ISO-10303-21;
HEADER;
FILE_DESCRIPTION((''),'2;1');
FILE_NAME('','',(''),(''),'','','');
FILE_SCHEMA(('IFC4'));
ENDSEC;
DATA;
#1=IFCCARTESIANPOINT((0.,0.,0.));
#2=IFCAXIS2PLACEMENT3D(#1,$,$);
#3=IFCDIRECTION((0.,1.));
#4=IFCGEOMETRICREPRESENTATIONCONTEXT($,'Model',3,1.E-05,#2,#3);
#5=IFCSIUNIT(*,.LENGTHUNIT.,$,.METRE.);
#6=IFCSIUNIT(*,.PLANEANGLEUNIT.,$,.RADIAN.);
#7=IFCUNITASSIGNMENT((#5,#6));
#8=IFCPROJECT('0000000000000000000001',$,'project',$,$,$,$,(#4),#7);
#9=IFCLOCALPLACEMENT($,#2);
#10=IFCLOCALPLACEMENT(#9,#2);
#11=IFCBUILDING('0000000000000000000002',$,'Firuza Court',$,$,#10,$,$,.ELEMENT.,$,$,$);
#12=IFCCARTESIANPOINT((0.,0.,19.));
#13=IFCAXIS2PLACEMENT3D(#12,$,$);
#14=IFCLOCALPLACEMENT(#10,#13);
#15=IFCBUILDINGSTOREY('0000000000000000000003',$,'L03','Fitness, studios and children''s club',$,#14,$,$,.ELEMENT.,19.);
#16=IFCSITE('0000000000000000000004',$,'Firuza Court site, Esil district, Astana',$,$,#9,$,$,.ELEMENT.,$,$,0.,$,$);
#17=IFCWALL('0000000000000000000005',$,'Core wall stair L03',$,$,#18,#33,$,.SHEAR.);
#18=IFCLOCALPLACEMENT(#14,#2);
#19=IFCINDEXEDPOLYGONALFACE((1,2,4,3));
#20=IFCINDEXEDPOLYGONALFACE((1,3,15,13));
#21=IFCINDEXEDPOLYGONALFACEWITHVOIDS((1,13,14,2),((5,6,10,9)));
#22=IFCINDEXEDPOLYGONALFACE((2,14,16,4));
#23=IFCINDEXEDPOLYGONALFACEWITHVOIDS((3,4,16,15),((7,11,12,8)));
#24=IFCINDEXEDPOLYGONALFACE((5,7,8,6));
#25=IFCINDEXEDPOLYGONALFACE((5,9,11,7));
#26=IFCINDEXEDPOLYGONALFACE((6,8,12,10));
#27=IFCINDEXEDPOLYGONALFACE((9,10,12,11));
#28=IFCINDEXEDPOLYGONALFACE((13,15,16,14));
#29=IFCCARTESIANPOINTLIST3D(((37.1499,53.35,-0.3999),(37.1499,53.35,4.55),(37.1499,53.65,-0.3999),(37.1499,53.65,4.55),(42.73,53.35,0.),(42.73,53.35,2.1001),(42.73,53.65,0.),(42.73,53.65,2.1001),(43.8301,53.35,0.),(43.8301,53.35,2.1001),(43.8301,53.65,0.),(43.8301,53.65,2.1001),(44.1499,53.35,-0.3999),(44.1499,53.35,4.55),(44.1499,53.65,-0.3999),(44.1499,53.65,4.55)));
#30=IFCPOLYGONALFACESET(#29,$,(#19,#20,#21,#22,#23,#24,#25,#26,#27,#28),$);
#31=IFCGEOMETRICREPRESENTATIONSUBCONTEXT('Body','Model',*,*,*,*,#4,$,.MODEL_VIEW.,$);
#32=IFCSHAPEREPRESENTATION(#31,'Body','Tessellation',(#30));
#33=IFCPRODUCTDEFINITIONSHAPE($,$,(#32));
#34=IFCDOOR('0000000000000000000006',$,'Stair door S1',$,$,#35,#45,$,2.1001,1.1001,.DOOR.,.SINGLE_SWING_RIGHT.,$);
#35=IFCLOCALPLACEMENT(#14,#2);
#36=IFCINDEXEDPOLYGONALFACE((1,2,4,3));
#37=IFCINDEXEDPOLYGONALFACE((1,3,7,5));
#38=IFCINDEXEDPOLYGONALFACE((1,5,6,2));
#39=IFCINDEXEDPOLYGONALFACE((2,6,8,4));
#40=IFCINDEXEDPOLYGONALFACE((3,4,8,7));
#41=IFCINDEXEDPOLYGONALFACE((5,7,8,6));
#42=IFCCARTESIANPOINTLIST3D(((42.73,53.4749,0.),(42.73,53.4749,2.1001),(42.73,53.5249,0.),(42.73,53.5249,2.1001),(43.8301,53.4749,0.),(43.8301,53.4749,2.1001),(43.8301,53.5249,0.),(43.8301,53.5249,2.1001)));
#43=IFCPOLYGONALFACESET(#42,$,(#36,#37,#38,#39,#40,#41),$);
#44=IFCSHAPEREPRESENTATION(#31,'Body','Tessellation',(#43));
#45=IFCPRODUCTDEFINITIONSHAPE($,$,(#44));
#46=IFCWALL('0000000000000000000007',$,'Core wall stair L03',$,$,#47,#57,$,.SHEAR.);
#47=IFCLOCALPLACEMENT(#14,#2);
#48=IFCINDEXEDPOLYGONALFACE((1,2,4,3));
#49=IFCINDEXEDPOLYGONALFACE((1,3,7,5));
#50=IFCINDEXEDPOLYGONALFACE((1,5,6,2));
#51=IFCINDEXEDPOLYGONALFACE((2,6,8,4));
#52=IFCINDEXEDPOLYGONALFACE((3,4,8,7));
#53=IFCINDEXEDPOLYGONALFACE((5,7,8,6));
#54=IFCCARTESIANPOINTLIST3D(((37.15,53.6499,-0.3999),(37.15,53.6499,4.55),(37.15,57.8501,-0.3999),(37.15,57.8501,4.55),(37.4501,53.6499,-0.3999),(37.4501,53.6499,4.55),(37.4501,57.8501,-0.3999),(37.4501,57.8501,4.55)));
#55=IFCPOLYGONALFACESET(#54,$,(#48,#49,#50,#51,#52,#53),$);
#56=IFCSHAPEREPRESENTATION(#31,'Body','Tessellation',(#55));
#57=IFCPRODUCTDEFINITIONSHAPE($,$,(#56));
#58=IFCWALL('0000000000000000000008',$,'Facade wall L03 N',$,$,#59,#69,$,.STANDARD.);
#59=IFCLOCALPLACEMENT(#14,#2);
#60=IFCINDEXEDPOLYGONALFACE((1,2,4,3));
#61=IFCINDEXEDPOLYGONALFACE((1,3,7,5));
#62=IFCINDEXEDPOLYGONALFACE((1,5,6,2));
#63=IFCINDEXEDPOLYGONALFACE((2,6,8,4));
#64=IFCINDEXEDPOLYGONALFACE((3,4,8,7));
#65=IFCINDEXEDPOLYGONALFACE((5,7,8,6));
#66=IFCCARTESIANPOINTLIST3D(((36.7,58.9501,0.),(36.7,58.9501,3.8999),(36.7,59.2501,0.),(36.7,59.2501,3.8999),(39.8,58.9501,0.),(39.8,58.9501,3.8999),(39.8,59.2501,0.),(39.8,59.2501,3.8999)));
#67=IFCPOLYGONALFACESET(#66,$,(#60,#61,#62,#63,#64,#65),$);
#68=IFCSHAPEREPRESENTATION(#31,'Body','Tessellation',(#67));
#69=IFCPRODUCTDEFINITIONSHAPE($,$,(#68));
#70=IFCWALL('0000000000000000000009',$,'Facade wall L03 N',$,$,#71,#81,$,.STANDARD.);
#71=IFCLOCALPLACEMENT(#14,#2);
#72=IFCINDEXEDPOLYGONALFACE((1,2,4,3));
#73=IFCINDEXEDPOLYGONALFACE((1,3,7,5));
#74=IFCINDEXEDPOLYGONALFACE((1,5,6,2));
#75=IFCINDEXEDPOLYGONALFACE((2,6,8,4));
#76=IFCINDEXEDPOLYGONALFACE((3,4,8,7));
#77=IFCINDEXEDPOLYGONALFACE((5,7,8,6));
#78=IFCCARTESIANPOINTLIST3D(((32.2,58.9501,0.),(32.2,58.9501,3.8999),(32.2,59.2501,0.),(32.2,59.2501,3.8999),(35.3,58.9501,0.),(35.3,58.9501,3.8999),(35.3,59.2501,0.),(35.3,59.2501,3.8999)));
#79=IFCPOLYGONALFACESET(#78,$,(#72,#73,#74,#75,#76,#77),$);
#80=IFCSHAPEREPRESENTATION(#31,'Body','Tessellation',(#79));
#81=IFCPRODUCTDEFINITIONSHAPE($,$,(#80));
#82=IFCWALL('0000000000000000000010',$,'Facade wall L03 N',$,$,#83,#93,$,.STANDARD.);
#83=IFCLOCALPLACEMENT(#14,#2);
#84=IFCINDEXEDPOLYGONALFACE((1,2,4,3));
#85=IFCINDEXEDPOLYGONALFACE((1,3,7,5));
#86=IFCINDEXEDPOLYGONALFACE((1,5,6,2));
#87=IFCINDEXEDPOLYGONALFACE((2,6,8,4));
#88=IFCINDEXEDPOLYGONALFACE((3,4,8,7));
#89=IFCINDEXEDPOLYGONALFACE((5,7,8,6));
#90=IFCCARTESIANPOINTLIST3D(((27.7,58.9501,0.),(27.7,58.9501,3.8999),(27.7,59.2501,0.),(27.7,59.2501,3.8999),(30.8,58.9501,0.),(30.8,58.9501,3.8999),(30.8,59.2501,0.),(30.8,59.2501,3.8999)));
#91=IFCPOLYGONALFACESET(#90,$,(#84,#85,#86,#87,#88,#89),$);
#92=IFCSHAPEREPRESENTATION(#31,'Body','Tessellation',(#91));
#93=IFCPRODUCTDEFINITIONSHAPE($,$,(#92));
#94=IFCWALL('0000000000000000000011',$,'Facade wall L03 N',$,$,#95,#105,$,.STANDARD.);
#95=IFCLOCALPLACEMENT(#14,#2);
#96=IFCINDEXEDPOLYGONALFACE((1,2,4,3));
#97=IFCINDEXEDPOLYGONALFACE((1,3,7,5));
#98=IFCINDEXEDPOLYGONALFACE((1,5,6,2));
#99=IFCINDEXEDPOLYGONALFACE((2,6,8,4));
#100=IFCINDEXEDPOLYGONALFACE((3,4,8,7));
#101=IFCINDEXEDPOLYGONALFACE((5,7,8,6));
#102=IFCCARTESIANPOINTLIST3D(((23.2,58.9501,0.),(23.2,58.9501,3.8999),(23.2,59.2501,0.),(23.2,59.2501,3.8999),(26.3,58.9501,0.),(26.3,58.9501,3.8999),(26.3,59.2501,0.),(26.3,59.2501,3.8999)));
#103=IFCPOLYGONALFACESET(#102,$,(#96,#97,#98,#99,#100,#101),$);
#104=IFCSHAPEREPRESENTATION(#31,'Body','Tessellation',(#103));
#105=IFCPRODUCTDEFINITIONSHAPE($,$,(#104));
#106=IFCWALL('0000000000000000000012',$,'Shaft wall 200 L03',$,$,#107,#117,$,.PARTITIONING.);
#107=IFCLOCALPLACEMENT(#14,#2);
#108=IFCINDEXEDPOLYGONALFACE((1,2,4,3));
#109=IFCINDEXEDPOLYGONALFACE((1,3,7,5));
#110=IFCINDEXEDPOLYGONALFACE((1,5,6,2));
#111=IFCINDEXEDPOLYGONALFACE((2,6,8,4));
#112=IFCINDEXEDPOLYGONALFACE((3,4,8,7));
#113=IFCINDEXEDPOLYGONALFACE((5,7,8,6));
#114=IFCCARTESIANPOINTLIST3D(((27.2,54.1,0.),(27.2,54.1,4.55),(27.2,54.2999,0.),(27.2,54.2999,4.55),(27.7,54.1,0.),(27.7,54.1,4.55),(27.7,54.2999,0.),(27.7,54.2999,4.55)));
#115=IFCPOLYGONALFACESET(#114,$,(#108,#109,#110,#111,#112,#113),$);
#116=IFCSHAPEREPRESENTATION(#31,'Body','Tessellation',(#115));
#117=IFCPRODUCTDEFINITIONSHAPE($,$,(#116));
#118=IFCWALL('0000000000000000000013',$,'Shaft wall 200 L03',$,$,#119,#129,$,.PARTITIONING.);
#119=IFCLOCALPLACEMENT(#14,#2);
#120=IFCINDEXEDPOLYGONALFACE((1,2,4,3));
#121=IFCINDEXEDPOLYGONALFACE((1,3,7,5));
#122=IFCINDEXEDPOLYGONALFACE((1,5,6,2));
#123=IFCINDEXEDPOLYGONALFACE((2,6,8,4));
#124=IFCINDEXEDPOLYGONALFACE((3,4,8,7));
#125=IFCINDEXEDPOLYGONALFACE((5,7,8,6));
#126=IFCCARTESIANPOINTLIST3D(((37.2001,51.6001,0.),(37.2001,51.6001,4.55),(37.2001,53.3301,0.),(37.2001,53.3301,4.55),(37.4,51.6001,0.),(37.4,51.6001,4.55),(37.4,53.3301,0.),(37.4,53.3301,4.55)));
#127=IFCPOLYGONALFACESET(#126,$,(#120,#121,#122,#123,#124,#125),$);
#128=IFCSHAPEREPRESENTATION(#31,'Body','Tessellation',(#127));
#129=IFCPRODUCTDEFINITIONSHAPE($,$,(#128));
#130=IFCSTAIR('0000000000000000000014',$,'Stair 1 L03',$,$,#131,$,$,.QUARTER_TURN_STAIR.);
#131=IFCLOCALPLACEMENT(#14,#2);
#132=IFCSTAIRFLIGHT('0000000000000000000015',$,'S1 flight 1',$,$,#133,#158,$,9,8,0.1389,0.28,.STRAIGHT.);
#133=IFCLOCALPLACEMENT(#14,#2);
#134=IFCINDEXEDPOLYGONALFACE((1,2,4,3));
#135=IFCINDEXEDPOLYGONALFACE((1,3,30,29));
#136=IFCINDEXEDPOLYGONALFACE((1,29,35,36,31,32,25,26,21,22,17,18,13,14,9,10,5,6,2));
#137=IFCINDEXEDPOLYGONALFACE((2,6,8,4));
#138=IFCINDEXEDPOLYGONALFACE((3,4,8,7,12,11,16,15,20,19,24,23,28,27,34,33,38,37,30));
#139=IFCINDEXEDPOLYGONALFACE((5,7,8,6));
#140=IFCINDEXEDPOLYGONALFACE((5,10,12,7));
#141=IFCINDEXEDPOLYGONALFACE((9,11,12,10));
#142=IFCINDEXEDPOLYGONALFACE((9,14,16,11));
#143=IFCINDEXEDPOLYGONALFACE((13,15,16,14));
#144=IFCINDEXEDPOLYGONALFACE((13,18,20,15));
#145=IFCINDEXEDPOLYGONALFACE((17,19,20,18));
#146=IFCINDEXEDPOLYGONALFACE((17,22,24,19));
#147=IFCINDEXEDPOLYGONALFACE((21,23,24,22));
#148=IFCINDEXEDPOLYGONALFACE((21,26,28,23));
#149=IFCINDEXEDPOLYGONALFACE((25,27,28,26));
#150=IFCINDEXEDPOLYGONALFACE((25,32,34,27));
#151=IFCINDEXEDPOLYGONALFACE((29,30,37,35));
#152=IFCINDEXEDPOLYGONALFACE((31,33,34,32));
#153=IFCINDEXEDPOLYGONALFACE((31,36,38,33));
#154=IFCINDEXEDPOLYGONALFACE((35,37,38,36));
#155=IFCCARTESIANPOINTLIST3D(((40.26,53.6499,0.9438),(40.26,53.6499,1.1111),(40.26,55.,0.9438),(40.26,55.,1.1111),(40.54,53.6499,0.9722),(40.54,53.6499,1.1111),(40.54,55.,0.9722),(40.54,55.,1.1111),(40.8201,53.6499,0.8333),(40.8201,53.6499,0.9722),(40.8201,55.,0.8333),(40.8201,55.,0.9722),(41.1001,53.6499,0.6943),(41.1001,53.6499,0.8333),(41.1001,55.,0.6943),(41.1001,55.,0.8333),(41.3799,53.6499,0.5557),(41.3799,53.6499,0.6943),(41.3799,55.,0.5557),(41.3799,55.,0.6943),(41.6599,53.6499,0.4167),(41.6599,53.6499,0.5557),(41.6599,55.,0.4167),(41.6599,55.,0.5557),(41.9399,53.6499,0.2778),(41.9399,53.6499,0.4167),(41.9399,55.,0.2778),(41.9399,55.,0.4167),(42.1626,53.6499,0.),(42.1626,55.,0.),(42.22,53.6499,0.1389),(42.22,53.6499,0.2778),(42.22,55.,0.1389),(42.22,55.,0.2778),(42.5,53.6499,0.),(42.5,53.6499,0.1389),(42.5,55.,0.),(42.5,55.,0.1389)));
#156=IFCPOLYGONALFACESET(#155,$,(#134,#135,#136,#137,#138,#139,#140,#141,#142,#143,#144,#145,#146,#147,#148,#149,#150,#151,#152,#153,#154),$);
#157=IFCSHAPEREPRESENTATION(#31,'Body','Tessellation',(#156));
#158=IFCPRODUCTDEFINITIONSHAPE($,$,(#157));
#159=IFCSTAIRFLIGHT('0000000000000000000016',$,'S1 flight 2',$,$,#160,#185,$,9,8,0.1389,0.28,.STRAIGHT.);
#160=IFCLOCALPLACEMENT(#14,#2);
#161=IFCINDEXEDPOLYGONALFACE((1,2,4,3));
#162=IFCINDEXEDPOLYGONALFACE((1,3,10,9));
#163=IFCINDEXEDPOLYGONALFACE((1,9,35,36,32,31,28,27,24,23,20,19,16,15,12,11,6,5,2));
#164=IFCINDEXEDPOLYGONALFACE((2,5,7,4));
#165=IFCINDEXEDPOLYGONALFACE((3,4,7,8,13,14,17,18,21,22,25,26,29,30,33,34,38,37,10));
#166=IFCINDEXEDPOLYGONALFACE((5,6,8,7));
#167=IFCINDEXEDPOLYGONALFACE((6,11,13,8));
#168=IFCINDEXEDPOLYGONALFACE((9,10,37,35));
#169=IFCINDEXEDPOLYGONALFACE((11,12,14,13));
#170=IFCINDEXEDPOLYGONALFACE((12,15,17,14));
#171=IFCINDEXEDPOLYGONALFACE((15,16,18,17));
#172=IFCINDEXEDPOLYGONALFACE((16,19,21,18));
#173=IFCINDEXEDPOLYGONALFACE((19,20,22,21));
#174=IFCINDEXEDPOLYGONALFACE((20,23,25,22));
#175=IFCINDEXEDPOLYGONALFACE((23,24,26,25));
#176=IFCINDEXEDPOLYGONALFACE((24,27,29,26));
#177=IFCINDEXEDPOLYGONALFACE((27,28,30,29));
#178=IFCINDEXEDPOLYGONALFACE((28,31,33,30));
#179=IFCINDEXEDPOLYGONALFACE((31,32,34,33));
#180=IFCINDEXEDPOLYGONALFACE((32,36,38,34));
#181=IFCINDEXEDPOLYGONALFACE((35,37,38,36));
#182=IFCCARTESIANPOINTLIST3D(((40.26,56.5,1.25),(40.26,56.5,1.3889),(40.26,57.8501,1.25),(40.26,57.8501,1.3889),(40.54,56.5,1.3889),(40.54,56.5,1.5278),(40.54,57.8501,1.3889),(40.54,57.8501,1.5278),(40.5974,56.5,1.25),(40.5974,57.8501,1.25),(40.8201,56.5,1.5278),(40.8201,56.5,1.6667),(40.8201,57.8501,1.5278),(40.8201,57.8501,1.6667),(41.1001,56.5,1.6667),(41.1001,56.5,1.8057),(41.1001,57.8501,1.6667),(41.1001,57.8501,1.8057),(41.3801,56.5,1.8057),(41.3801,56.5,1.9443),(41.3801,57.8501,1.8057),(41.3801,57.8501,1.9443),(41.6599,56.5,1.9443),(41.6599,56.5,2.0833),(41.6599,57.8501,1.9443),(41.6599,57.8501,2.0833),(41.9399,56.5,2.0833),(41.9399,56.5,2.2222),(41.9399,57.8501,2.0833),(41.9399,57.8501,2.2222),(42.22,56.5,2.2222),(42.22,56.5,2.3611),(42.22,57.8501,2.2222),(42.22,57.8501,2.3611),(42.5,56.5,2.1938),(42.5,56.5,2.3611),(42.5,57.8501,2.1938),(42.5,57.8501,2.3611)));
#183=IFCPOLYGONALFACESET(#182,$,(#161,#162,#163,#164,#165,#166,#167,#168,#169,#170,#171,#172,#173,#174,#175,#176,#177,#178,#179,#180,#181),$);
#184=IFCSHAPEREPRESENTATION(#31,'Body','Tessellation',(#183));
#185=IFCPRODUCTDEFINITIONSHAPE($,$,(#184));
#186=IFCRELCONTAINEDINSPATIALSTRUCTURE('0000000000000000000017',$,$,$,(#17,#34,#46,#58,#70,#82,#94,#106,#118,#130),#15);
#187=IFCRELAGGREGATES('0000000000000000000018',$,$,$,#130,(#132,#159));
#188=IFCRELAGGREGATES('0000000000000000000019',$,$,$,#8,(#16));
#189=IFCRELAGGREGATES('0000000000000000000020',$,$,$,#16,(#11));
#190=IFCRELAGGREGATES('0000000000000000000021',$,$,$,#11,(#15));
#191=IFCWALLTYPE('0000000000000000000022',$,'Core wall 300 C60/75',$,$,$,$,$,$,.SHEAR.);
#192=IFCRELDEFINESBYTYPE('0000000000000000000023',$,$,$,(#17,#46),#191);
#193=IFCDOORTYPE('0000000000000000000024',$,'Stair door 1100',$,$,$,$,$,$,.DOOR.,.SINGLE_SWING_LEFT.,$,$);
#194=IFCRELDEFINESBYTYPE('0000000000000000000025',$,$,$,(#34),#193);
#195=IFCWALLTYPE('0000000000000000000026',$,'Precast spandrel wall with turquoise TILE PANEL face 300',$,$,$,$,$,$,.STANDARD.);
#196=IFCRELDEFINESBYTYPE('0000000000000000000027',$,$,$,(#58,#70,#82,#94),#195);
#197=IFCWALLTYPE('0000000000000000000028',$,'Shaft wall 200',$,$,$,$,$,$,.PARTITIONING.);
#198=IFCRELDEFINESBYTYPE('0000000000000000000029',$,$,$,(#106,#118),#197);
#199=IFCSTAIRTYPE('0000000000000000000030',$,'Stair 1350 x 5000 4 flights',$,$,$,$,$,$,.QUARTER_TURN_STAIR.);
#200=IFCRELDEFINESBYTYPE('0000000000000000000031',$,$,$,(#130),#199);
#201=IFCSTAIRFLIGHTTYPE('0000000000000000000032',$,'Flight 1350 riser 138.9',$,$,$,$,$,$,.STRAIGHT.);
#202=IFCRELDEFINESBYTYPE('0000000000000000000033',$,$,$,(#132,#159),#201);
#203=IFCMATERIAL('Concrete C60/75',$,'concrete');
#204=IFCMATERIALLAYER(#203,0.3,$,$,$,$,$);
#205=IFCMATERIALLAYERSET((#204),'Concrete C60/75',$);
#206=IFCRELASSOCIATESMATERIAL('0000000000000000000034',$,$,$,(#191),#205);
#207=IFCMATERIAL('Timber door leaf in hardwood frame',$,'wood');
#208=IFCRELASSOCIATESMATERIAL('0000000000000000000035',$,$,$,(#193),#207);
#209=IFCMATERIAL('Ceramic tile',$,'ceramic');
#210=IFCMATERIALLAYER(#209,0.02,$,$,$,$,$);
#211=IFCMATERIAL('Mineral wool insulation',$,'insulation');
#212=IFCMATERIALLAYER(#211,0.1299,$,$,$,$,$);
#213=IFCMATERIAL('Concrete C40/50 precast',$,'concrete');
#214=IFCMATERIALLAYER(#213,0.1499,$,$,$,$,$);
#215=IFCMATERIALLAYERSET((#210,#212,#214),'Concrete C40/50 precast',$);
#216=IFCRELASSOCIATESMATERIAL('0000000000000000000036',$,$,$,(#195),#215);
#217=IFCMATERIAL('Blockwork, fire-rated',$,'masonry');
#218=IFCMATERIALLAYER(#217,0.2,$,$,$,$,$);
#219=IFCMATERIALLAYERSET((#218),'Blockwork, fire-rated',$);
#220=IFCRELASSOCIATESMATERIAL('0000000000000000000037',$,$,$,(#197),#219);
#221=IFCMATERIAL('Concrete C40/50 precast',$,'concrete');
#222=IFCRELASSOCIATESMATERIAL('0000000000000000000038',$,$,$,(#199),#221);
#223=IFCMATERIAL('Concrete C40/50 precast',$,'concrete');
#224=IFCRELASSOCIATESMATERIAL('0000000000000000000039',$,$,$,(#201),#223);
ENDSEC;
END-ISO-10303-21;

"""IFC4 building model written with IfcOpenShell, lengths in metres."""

from ifc_helpers import new_model, si_unit, direction, frame, frame_2d, origin, place, context, subcontext, project, spatial, polyline, rectangle, outline, extrude, material, layer, layer_set, type_object, element, fill, aggregate, save


model = new_model("IFC4")

# Units and contexts
model_context = context("Model", 3, precision=1e-05, world=origin(), true_north=direction((0.0, 1.0)))
body_context = subcontext(model_context, "Body", "Model", "MODEL_VIEW")
ifc_project = project(units=[si_unit("LENGTHUNIT", "METRE"), si_unit("PLANEANGLEUNIT", "RADIAN")], contexts=[model_context])

# Site, building, storey
site_placement = place(None, origin())
site = spatial("IfcSite", under=ifc_project, at=site_placement, Name="Firuza Court site, Esil district, Astana", CompositionType="ELEMENT", RefElevation=0.0)
building_placement = place(site_placement, origin())
building = spatial("IfcBuilding", under=site, at=building_placement, Name="Firuza Court", CompositionType="ELEMENT")
storey_placement = place(building_placement, frame((0.0, 0.0, 19.0)))
storey = spatial("IfcBuildingStorey", under=building, at=storey_placement, Name="L03", Description="Fitness, studios and children's club", CompositionType="ELEMENT", Elevation=19.0)

# Shared definitions
ifc_material_1 = material(Name="Concrete C60/75", Category="concrete")

# Shared definitions
ifc_layer_1 = layer(ifc_material_1, 0.3)
ifc_layer_set_1 = layer_set([ifc_layer_1], Name="Concrete C60/75")
wall_type_1 = type_object("IfcWallType", Name="Core wall 300 C60/75", PredefinedType="SHEAR", material=ifc_layer_set_1)

# Wall, opening, door
wall_1_placement = place(storey_placement, frame((37.1499, 53.5, -0.3999), z_axis=(0.0, 0.0, 1.0), x_axis=(1.0, 0.0, 0.0)))
wall_1 = element("IfcWall", 1, at=wall_1_placement, inside=storey, type_object=wall_type_1, Name="Core wall stair L03", PredefinedType="SHEAR", context=body_context, shape_type="SweptSolid", body=[
    extrude(rectangle(XDim=7.0, YDim=0.3, at=frame_2d((3.5, 0.0))), origin(), (0.0, 0.0, 1.0), 4.95),
])
opening_1_placement = place(wall_1_placement, frame((5.5801, 0.0, 0.3999)))
opening_1 = element("IfcOpeningElement", 2, at=opening_1_placement, cuts=wall_1, PredefinedType="OPENING", context=body_context, shape_type="SweptSolid", body=[
    extrude(rectangle(XDim=1.1001, YDim=2.1001, at=frame_2d((0.55, 1.05))), frame((0.0, 0.1621, 0.0), z_axis=(0.0, -1.0, 0.0), x_axis=(1.0, 0.0, 0.0)), (0.0, 0.0, 1.0), 0.324),
])
ifc_material_2 = material(Name="Timber door leaf in hardwood frame", Category="wood")
door_type_1 = type_object("IfcDoorType", Name="Stair door 1100", OperationType="SINGLE_SWING_LEFT", PredefinedType="DOOR", material=ifc_material_2)
door_1_placement = place(opening_1_placement, origin())
door_1 = element("IfcDoor", 3, at=door_1_placement, inside=storey, type_object=door_type_1, Name="Stair door S1", OperationType="SINGLE_SWING_RIGHT", OverallHeight=2.1001, OverallWidth=1.1001, PredefinedType="DOOR", context=body_context, shape_type="SweptSolid", body=[
    extrude(rectangle(XDim=1.1001, YDim=2.1001, at=frame_2d((0.55, 1.05))), frame((0.0, 0.0249, 0.0), z_axis=(0.0, -1.0, 0.0), x_axis=(1.0, 0.0, 0.0)), (0.0, 0.0, 1.0), 0.05),
])
fill(opening_1, door_1)

# Walls
wall_2_placement = place(storey_placement, frame((37.3, 53.6499, -0.3999), z_axis=(0.0, 0.0, 1.0), x_axis=(0.0, 1.0, 0.0)))
element("IfcWall", 4, at=wall_2_placement, inside=storey, type_object=wall_type_1, Name="Core wall stair L03", PredefinedType="SHEAR", context=body_context, shape_type="SweptSolid", body=[
    extrude(rectangle(XDim=4.2002, YDim=0.3, at=frame_2d((2.1001, 0.0))), origin(), (0.0, 0.0, 1.0), 4.95),
])
ifc_material_3 = material(Name="Ceramic tile", Category="ceramic")
ifc_layer_2 = layer(ifc_material_3, 0.02)
ifc_material_4 = material(Name="Mineral wool insulation", Category="insulation")
ifc_layer_3 = layer(ifc_material_4, 0.1299)
ifc_material_5 = material(Name="Concrete C40/50 precast", Category="concrete")
ifc_layer_4 = layer(ifc_material_5, 0.1499)
ifc_layer_set_2 = layer_set([ifc_layer_2, ifc_layer_3, ifc_layer_4], Name="Concrete C40/50 precast")
wall_type_2 = type_object("IfcWallType", Name="Precast spandrel wall with turquoise TILE PANEL face 300", PredefinedType="STANDARD", material=ifc_layer_set_2)
for number, where, z_axis, x_axis, name in (
    (5, (39.8, 59.1001, 0.0), (0.0, 0.0, 1.0), (-1.0, 0.0, 0.0), "Facade wall L03 N"),
    (6, (35.3, 59.1001, 0.0), (0.0, 0.0, 1.0), (-1.0, 0.0, 0.0), "Facade wall L03 N"),
    (7, (30.8, 59.1001, 0.0), (0.0, 0.0, 1.0), (-1.0, 0.0, 0.0), "Facade wall L03 N"),
    (8, (26.3, 59.1001, 0.0), (0.0, 0.0, 1.0), (-1.0, 0.0, 0.0), "Facade wall L03 N"),
):
    element("IfcWall", number, at=place(storey_placement, frame(where, z_axis=z_axis, x_axis=x_axis)), inside=storey, type_object=wall_type_2, Name=name, PredefinedType="STANDARD", context=body_context, shape_type="SweptSolid", body=[
        extrude(rectangle(XDim=3.1001, YDim=0.3, at=frame_2d((1.55, 0.0))), origin(), (0.0, 0.0, 1.0), 3.8999),
    ])
ifc_material_6 = material(Name="Blockwork, fire-rated", Category="masonry")
ifc_layer_5 = layer(ifc_material_6, 0.2)
ifc_layer_set_3 = layer_set([ifc_layer_5], Name="Blockwork, fire-rated")
wall_type_3 = type_object("IfcWallType", Name="Shaft wall 200", PredefinedType="PARTITIONING", material=ifc_layer_set_3)
wall_3_placement = place(storey_placement, frame((27.2, 54.2, 0.0), z_axis=(0.0, 0.0, 1.0), x_axis=(1.0, 0.0, 0.0)))
element("IfcWall", 9, at=wall_3_placement, inside=storey, type_object=wall_type_3, Name="Shaft wall 200 L03", PredefinedType="PARTITIONING", context=body_context, shape_type="SweptSolid", body=[
    extrude(rectangle(XDim=0.5, YDim=0.2, at=frame_2d((0.25, 0.0))), origin(), (0.0, 0.0, 1.0), 4.55),
])
wall_4_placement = place(storey_placement, frame((37.3, 51.6001, 0.0), z_axis=(0.0, 0.0, 1.0), x_axis=(0.0, 1.0, 0.0)))
element("IfcWall", 10, at=wall_4_placement, inside=storey, type_object=wall_type_3, Name="Shaft wall 200 L03", PredefinedType="PARTITIONING", context=body_context, shape_type="SweptSolid", body=[
    extrude(rectangle(XDim=1.73, YDim=0.2, at=frame_2d((0.865, 0.0))), origin(), (0.0, 0.0, 1.0), 4.55),
])

# Stair, stair flights
ifc_material_7 = material(Name="Concrete C40/50 precast", Category="concrete")
stair_type = type_object("IfcStairType", Name="Stair 1350 x 5000 4 flights", PredefinedType="QUARTER_TURN_STAIR", material=ifc_material_7)
stair_placement = place(storey_placement, origin())
stair = element("IfcStair", 11, at=stair_placement, inside=storey, type_object=stair_type, Name="Stair 1 L03", PredefinedType="QUARTER_TURN_STAIR")
ifc_material_8 = material(Name="Concrete C40/50 precast", Category="concrete")
stair_flight_type = type_object("IfcStairFlightType", Name="Flight 1350 riser 138.9", PredefinedType="STRAIGHT", material=ifc_material_8)
stair_flight_1_placement = place(storey_placement, frame((42.5, 54.325, 0.0), z_axis=(0.0, 0.0, 1.0), x_axis=(-1.0, 0.0, 0.0)))
stair_flight_1 = element("IfcStairFlight", 12, at=stair_flight_1_placement, type_object=stair_flight_type, Name="S1 flight 1", NumberOfRisers=9, NumberOfTreads=8, PredefinedType="STRAIGHT", RiserHeight=0.1389, TreadLength=0.28, context=body_context, shape_type="SweptSolid", body=[
    extrude(outline(polyline([(0.0, 0.0), (0.0, 0.1389), (0.28, 0.1389), (0.28, 0.2778), (0.5601, 0.2778), (0.5601, 0.4167), (0.8401, 0.4167), (0.8401, 0.5557), (1.1201, 0.5557), (1.1201, 0.6943), (1.3999, 0.6943), (1.3999, 0.8333), (1.6799, 0.8333), (1.6799, 0.9722), (1.96, 0.9722), (1.96, 1.1111), (2.24, 1.1111), (2.24, 1.25), (2.24, 0.9438), (0.3374, 0.0), (0.0, 0.0)])), frame((0.0, 0.675, 0.0), z_axis=(0.0, -1.0, 0.0), x_axis=(1.0, 0.0, 0.0)), (0.0, 0.0, 1.0), 1.3501),
])
stair_flight_2_placement = place(storey_placement, frame((40.26, 57.175, 1.25), z_axis=(0.0, 0.0, 1.0), x_axis=(1.0, 0.0, 0.0)))
stair_flight_2 = element("IfcStairFlight", 13, at=stair_flight_2_placement, type_object=stair_flight_type, Name="S1 flight 2", NumberOfRisers=9, NumberOfTreads=8, PredefinedType="STRAIGHT", RiserHeight=0.1389, TreadLength=0.28, context=body_context, shape_type="SweptSolid", body=[
    extrude(outline(polyline([(0.0, 0.0), (0.0, 0.1389), (0.28, 0.1389), (0.28, 0.2778), (0.5601, 0.2778), (0.5601, 0.4167), (0.8401, 0.4167), (0.8401, 0.5557), (1.1201, 0.5557), (1.1201, 0.6943), (1.3999, 0.6943), (1.3999, 0.8333), (1.6799, 0.8333), (1.6799, 0.9722), (1.96, 0.9722), (1.96, 1.1111), (2.24, 1.1111), (2.24, 1.25), (2.24, 0.9438), (0.3374, 0.0), (0.0, 0.0)])), frame((0.0, 0.675, 0.0), z_axis=(0.0, -1.0, 0.0), x_axis=(1.0, 0.0, 0.0)), (0.0, 0.0, 1.0), 1.3501),
])
aggregate(stair, [stair_flight_1, stair_flight_2])

save(model, "model.ifc")
